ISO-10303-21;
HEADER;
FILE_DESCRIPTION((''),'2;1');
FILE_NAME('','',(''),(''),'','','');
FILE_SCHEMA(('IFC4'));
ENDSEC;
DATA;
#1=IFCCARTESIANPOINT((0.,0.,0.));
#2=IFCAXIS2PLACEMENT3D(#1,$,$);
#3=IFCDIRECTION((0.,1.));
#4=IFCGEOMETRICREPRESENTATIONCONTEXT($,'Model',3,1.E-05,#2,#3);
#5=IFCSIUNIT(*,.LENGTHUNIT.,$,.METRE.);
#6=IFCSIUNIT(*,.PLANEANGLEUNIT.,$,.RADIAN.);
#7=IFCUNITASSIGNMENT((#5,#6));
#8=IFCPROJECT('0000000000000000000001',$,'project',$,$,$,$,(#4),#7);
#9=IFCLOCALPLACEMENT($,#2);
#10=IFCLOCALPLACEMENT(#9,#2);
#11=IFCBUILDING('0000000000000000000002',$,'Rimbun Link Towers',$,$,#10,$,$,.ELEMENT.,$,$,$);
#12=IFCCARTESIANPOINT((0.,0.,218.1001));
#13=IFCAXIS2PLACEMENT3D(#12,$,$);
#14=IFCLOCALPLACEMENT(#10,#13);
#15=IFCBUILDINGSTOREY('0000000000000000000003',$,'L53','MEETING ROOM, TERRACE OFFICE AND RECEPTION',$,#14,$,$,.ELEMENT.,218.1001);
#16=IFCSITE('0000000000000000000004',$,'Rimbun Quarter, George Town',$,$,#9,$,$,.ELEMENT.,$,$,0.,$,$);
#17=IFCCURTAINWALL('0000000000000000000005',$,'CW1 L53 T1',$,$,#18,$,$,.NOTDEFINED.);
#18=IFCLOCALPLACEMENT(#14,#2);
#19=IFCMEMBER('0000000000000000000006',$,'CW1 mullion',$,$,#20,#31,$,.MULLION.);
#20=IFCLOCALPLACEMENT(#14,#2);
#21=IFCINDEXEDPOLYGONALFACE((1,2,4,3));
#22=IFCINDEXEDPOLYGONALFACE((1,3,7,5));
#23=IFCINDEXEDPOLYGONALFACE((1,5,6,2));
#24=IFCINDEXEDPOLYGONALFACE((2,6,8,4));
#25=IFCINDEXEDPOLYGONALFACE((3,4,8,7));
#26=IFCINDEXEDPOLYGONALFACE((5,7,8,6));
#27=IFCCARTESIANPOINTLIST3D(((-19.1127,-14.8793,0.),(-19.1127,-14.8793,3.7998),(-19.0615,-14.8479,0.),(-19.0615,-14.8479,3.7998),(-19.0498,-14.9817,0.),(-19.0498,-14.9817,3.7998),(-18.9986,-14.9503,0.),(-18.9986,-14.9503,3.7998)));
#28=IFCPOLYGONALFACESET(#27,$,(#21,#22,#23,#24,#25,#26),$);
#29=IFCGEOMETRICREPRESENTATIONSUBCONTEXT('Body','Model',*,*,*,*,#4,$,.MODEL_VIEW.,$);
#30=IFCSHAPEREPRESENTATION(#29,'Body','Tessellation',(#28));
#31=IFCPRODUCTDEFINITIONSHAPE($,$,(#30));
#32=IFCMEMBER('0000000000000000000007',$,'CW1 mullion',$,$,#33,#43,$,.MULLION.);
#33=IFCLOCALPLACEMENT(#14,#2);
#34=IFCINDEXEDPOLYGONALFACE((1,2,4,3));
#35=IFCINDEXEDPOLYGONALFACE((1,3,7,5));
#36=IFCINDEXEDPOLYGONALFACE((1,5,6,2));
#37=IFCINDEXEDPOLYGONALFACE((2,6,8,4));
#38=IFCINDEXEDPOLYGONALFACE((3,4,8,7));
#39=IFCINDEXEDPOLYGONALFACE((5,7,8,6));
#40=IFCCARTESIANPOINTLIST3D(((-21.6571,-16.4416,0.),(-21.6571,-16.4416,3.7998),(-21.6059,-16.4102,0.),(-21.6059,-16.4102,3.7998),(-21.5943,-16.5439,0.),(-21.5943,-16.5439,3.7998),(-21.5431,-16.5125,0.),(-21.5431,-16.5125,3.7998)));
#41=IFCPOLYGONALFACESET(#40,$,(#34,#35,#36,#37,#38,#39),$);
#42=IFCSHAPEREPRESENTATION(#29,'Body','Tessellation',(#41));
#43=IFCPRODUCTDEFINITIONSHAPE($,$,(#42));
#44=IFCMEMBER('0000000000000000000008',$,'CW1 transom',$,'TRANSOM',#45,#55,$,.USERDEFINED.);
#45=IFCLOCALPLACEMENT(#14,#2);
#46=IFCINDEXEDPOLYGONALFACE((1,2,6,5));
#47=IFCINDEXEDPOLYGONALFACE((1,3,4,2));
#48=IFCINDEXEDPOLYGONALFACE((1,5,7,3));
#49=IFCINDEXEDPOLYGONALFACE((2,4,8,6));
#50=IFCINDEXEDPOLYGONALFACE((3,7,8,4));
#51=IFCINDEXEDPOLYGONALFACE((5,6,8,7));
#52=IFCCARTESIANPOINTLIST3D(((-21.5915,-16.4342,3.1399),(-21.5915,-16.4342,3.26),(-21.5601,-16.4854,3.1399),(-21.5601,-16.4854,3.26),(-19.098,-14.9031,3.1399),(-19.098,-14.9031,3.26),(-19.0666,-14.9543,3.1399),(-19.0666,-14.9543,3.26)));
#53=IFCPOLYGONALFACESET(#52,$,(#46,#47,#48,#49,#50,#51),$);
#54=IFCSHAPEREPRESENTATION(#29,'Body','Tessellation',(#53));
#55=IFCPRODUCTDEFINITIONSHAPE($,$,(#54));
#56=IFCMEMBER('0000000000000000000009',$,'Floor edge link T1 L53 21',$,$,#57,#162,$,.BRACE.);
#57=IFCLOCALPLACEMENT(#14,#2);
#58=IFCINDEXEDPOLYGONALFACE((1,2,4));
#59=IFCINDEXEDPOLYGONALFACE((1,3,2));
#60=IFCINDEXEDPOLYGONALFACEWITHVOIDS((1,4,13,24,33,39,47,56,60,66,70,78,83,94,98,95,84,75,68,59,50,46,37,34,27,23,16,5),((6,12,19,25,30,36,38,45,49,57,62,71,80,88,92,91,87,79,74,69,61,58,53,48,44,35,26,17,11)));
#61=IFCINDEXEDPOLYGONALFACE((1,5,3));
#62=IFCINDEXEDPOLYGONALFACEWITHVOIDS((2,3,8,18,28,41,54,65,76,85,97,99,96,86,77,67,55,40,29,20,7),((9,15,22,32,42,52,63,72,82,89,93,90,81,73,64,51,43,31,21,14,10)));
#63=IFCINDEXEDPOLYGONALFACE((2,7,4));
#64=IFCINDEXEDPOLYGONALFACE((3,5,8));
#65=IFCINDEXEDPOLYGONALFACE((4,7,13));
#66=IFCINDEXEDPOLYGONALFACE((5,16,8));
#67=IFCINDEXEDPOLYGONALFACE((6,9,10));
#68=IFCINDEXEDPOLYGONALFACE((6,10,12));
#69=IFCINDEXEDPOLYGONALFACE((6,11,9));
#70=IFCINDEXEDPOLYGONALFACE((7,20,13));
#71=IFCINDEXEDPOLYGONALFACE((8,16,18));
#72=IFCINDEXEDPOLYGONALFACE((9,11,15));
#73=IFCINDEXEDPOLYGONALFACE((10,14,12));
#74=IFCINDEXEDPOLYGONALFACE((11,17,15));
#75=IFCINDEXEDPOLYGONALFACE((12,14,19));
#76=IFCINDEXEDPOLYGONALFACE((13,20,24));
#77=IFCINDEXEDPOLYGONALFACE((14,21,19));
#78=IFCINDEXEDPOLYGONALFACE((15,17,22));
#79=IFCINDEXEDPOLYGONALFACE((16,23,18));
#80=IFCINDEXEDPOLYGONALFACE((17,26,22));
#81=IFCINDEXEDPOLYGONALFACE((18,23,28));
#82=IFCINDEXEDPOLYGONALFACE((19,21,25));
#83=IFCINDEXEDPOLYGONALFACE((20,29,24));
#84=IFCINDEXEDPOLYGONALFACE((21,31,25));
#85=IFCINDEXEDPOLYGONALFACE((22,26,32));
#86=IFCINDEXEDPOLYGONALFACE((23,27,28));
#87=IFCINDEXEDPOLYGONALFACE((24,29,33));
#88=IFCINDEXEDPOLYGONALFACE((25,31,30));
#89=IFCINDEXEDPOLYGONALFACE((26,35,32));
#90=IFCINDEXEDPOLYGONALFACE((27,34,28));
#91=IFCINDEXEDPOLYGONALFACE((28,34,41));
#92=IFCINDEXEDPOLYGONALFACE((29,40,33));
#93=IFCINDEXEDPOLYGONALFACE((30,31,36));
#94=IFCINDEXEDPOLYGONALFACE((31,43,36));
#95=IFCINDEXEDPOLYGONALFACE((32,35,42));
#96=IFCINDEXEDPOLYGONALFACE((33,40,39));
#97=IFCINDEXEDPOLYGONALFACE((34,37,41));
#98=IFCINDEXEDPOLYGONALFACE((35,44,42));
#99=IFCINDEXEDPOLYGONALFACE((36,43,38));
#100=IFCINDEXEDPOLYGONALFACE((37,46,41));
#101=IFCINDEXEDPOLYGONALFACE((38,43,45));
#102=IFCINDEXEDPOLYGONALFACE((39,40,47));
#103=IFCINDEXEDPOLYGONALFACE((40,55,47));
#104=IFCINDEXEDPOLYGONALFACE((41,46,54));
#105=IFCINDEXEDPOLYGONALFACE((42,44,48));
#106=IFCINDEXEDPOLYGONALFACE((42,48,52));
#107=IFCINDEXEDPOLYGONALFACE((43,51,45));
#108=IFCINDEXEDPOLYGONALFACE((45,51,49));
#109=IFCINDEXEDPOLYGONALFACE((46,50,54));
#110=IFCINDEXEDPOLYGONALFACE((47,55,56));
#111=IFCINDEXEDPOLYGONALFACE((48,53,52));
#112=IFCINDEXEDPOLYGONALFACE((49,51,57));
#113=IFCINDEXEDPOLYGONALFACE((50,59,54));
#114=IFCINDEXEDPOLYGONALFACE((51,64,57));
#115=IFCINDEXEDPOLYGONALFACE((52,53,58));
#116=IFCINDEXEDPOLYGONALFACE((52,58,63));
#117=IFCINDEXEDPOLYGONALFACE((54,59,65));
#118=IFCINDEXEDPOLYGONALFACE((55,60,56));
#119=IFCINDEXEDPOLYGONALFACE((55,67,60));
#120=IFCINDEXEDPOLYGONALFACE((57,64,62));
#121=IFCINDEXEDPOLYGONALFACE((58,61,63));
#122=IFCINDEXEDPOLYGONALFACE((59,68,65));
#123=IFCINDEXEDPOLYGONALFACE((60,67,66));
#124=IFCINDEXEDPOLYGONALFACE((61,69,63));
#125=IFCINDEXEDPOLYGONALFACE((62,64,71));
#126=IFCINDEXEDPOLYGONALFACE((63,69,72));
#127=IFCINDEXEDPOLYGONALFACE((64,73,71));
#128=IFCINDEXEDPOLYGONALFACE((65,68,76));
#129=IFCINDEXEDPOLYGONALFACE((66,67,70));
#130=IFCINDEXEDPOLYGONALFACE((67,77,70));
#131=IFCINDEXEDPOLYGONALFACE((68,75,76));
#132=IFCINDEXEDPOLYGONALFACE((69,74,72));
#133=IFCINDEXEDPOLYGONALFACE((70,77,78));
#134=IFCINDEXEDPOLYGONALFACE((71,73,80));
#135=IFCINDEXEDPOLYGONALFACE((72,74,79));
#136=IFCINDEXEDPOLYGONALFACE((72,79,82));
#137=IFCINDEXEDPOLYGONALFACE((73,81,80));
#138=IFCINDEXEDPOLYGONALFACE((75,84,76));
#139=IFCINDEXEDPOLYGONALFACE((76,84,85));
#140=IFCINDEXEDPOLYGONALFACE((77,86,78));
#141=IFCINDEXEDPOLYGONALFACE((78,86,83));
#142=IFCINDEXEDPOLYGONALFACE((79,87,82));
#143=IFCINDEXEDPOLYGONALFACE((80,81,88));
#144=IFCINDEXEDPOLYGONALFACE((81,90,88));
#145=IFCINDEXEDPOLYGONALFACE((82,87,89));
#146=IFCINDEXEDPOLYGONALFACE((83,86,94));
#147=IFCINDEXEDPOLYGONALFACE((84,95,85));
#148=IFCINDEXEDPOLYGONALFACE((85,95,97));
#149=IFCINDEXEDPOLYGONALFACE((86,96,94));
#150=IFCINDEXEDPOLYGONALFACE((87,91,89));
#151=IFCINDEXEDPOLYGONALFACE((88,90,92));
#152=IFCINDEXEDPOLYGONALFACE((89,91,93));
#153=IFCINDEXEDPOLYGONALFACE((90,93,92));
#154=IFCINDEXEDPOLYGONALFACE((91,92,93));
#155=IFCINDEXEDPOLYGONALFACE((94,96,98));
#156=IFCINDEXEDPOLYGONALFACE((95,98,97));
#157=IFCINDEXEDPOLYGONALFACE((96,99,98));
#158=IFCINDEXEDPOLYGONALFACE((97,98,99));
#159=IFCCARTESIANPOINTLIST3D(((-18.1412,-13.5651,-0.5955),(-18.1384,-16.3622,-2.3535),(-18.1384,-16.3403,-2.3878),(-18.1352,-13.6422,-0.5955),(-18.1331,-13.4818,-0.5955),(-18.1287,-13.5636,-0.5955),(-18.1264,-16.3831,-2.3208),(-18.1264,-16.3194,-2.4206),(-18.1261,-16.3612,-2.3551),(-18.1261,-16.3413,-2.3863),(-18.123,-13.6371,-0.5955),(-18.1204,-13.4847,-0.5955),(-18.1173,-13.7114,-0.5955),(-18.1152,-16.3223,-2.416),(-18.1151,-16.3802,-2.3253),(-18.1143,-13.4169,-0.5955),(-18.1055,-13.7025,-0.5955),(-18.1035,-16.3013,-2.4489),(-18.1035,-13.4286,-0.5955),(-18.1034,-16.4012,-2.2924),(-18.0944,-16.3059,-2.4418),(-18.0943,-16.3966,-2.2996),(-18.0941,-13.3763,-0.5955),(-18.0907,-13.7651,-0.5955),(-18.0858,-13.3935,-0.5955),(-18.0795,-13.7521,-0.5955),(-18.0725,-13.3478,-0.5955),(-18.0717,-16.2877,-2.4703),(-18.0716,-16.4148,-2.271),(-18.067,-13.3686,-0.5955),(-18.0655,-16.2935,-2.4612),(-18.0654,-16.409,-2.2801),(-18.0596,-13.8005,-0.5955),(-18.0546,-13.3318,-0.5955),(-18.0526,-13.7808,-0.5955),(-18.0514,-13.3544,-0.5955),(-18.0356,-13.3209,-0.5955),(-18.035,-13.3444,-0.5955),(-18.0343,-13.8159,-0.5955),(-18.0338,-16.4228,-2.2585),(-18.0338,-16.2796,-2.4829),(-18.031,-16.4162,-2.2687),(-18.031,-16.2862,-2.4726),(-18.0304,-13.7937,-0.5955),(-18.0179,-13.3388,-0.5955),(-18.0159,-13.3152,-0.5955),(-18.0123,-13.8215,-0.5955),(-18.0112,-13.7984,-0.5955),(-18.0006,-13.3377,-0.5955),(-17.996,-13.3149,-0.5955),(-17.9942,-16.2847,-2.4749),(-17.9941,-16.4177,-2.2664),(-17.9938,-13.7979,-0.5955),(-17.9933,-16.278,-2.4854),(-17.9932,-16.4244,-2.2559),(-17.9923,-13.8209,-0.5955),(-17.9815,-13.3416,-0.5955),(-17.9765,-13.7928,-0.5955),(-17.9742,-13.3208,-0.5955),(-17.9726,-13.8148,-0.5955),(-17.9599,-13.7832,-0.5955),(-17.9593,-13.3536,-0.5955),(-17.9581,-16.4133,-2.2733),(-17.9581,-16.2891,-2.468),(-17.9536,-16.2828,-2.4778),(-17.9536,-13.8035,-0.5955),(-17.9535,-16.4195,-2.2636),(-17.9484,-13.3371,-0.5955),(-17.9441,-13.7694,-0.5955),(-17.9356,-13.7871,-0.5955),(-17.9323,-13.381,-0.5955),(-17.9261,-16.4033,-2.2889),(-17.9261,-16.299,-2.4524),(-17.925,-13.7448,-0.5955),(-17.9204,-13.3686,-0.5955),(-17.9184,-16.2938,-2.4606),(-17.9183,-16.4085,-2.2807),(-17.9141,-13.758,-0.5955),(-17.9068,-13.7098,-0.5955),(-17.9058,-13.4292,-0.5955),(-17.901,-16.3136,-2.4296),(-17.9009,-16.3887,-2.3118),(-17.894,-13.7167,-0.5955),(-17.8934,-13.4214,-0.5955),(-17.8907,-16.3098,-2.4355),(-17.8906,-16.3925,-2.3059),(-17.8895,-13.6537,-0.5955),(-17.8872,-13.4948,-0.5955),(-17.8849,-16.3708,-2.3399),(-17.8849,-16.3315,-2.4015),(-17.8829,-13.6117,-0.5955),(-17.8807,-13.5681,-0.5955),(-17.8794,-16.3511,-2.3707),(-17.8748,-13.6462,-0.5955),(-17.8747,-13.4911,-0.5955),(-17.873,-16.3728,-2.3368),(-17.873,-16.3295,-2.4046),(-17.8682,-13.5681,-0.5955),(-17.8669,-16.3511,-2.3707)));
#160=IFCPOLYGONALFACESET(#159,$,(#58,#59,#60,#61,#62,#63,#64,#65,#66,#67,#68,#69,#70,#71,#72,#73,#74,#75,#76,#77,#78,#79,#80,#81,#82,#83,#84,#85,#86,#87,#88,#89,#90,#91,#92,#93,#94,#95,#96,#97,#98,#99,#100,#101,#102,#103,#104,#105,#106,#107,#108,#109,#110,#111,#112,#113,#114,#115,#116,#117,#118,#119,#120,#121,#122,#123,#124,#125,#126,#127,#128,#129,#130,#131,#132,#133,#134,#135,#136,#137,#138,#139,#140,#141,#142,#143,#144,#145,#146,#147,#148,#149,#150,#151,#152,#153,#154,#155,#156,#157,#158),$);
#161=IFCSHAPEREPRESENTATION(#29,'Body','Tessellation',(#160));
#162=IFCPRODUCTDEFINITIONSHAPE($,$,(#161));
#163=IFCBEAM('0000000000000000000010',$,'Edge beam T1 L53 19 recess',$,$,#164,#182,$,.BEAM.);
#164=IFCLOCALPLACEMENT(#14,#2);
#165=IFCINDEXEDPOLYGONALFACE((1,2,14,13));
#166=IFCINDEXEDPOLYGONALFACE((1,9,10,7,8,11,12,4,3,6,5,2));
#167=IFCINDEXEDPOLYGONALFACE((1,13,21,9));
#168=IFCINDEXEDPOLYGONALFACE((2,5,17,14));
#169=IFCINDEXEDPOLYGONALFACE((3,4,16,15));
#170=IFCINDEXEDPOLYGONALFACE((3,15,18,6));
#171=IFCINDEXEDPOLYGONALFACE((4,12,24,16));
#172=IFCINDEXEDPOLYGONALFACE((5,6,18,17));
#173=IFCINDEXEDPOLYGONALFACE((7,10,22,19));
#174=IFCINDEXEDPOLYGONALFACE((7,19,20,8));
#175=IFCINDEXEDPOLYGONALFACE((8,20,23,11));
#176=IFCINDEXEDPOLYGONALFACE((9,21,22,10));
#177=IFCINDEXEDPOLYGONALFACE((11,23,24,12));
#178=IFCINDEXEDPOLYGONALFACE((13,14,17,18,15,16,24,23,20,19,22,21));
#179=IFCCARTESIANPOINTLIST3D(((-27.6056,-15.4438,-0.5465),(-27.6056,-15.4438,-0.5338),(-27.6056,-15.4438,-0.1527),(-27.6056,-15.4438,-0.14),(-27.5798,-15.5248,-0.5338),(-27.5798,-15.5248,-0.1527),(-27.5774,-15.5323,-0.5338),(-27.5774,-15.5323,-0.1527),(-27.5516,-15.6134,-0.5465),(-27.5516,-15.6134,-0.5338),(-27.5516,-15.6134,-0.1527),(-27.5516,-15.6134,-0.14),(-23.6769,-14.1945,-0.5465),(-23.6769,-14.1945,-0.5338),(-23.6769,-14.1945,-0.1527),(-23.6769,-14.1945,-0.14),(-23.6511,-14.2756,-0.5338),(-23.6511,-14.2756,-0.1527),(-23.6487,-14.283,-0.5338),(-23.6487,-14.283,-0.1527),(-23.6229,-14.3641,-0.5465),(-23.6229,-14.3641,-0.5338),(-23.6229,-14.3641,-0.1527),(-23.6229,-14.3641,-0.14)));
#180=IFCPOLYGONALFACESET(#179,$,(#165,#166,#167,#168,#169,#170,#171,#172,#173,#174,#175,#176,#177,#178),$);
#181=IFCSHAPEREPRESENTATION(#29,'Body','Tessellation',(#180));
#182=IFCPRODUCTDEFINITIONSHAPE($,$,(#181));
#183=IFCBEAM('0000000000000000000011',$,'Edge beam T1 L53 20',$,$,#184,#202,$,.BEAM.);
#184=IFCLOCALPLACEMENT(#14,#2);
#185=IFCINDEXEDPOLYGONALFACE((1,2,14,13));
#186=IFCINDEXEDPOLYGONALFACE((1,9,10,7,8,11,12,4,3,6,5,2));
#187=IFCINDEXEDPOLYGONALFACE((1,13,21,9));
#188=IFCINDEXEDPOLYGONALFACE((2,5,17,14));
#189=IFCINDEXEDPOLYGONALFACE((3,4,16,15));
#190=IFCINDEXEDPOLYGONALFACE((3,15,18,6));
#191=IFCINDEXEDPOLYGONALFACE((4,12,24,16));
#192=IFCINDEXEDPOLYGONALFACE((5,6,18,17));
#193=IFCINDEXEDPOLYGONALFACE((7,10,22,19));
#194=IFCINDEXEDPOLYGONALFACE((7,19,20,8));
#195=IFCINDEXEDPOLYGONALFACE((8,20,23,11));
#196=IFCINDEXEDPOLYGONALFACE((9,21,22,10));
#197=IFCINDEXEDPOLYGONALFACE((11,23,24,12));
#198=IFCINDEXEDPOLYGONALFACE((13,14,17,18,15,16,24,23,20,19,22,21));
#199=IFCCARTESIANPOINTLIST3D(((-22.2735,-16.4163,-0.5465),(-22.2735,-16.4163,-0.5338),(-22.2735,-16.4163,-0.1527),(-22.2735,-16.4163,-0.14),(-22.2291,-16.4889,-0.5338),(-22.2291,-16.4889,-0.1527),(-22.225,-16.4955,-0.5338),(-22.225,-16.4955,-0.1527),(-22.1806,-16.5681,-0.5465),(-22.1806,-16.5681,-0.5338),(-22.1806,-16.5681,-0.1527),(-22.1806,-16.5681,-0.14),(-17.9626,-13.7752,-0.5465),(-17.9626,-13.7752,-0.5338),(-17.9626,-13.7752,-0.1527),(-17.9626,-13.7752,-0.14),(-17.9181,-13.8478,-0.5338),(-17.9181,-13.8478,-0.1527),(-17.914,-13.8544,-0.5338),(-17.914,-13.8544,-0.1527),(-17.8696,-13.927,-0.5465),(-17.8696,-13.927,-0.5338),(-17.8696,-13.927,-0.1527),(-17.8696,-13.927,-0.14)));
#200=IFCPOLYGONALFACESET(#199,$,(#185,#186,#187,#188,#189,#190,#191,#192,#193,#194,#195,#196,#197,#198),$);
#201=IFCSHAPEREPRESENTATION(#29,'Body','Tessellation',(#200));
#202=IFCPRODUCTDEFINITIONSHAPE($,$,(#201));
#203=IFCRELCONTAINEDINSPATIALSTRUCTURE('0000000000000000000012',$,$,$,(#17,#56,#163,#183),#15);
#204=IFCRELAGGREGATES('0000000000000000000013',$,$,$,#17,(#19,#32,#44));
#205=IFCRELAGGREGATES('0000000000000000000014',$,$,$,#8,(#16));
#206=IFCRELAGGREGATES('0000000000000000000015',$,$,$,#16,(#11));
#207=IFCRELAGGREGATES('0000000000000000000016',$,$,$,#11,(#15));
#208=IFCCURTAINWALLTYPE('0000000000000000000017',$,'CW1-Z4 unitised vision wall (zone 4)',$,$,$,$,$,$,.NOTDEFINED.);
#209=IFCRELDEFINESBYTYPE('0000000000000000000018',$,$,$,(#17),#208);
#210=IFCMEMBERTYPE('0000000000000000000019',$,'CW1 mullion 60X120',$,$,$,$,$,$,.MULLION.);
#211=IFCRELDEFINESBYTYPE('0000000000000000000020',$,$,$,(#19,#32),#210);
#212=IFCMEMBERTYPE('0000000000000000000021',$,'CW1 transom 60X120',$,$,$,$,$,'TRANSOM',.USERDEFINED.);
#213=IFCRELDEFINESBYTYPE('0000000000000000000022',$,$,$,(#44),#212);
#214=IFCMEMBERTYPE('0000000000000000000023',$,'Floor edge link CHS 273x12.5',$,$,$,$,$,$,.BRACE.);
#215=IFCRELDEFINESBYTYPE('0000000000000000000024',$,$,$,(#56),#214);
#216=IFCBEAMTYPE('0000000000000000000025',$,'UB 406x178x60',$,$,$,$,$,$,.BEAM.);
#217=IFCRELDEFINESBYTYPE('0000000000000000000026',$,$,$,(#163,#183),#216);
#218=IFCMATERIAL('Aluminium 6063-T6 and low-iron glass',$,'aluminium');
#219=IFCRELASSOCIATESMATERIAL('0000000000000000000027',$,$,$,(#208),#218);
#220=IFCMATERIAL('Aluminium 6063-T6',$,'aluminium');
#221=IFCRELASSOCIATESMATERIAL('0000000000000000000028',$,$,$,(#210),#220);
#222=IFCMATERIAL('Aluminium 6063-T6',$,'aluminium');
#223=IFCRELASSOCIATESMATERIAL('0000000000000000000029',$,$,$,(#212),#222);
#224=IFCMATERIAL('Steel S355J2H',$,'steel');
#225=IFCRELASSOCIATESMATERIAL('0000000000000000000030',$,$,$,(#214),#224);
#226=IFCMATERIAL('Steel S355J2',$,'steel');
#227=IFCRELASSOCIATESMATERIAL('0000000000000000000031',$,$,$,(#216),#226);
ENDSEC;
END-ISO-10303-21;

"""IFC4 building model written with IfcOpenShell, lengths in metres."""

from ifc_helpers import new_model, si_unit, direction, frame, origin, origin_2d, place, context, subcontext, project, spatial, rectangle, hollow_circle, i_section, extrude, clip, halfspace, material, material_profile, profile_set, type_object, element, aggregate, save


model = new_model("IFC4")

# Units and contexts
model_context = context("Model", 3, precision=1e-05, world=origin(), true_north=direction((0.0, 1.0)))
body_context = subcontext(model_context, "Body", "Model", "MODEL_VIEW")
ifc_project = project(units=[si_unit("LENGTHUNIT", "METRE"), si_unit("PLANEANGLEUNIT", "RADIAN")], contexts=[model_context])

# Site, building, storey
site_placement = place(None, origin())
site = spatial("IfcSite", under=ifc_project, at=site_placement, Name="Rimbun Quarter, George Town", CompositionType="ELEMENT", RefElevation=0.0)
building_placement = place(site_placement, origin())
building = spatial("IfcBuilding", under=site, at=building_placement, Name="Rimbun Link Towers", CompositionType="ELEMENT")
storey_placement = place(building_placement, frame((0.0, 0.0, 218.1001)))
storey = spatial("IfcBuildingStorey", under=building, at=storey_placement, Name="L53", Description="MEETING ROOM, TERRACE OFFICE AND RECEPTION", CompositionType="ELEMENT", Elevation=218.1001)

# Curtain wall, members
ifc_material_1 = material(Name="Aluminium 6063-T6 and low-iron glass", Category="aluminium")
curtain_wall_type = type_object("IfcCurtainWallType", Name="CW1-Z4 unitised vision wall (zone 4)", PredefinedType="NOTDEFINED", material=ifc_material_1)
curtain_wall_placement = place(storey_placement, origin())
curtain_wall = element("IfcCurtainWall", 1, at=curtain_wall_placement, inside=storey, type_object=curtain_wall_type, Name="CW1 L53 T1", PredefinedType="NOTDEFINED")
ifc_material_2 = material(Name="Aluminium 6063-T6", Category="aluminium")
ifc_material_profile_1 = material_profile(ifc_material_2, rectangle(XDim=0.1201, YDim=0.0601, at=origin_2d()), Name="MULLION 60X120")
ifc_profile_set_1 = profile_set([ifc_material_profile_1], Name="Aluminium 6063-T6")
member_type_1 = type_object("IfcMemberType", Name="CW1 mullion 60X120", PredefinedType="MULLION", material=ifc_profile_set_1)
member_1_placement = place(storey_placement, frame((-19.0557, -14.9148, 0.0), z_axis=(0.0, 0.0, 1.0), x_axis=(0.523242, -0.852184, 0.0)))
member_1 = element("IfcMember", 2, at=member_1_placement, type_object=member_type_1, Name="CW1 mullion", PredefinedType="MULLION", context=body_context, shape_type="SweptSolid", body=[
    extrude(rectangle(XDim=0.1201, YDim=0.0601, at=origin_2d()), origin(), (0.0, 0.0, 1.0), 3.7998),
])
member_2_placement = place(storey_placement, frame((-21.6001, -16.4771, 0.0), z_axis=(0.0, 0.0, 1.0), x_axis=(0.523242, -0.852184, 0.0)))
member_2 = element("IfcMember", 3, at=member_2_placement, type_object=member_type_1, Name="CW1 mullion", PredefinedType="MULLION", context=body_context, shape_type="SweptSolid", body=[
    extrude(rectangle(XDim=0.1201, YDim=0.0601, at=origin_2d()), origin(), (0.0, 0.0, 1.0), 3.7998),
])
ifc_material_3 = material(Name="Aluminium 6063-T6", Category="aluminium")
ifc_material_profile_2 = material_profile(ifc_material_3, rectangle(XDim=0.0601, YDim=0.1201, at=origin_2d()), Name="TRANSOM 60X120")
ifc_profile_set_2 = profile_set([ifc_material_profile_2], Name="Aluminium 6063-T6")
member_type_2 = type_object("IfcMemberType", Name="CW1 transom 60X120", ElementType="TRANSOM", PredefinedType="USERDEFINED", material=ifc_profile_set_2)
member_3_placement = place(storey_placement, frame((-19.0823, -14.9287, 3.2), z_axis=(-0.852176, -0.523255, 0.0), x_axis=(0.523255, -0.852176, 0.0)))
member_3 = element("IfcMember", 4, at=member_3_placement, type_object=member_type_2, Name="CW1 transom", ObjectType="TRANSOM", PredefinedType="USERDEFINED", context=body_context, shape_type="SweptSolid", body=[
    extrude(rectangle(XDim=0.0601, YDim=0.1201, at=origin_2d()), origin(), (0.0, 0.0, 1.0), 2.926),
])

# Member
ifc_material_4 = material(Name="Steel S355J2H", Category="steel")
ifc_material_profile_3 = material_profile(ifc_material_4, hollow_circle(Radius=0.1365, WallThickness=0.0125, at=origin_2d()), Name="CHS 273x12.5")
ifc_profile_set_3 = profile_set([ifc_material_profile_3], Name="Steel S355J2H")
member_type_3 = type_object("IfcMemberType", Name="Floor edge link CHS 273x12.5", PredefinedType="BRACE", material=ifc_profile_set_3)
member_4_placement = place(storey_placement, frame((-18.0046, -13.7454, -0.7085), z_axis=(0.000395, -0.843085, -0.53778), x_axis=(1.0, 0.000468, 0.0)))
element("IfcMember", 5, at=member_4_placement, inside=storey, type_object=member_type_3, Name="Floor edge link T1 L53 21", PredefinedType="BRACE", context=body_context, shape_type="Clipping", body=[
    clip(extrude(hollow_circle(Radius=0.1365, WallThickness=0.0125, at=origin_2d()), frame((0.0, 0.0, -0.4465)), (0.0, 0.0, 1.0), 3.5374), halfspace(frame((0.0, 0.0, -0.2102), z_axis=(0.0, 0.843085, -0.53778)), False)),
])

# Beams
ifc_material_5 = material(Name="Steel S355J2", Category="steel")
ifc_material_profile_4 = material_profile(ifc_material_5, i_section(OverallWidth=0.178, OverallDepth=0.4065, WebThickness=0.0078, FlangeThickness=0.0127, at=origin_2d()), Name="UB 406x178x60")
ifc_profile_set_4 = profile_set([ifc_material_profile_4], Name="Steel S355J2")
beam_type_1 = type_object("IfcBeamType", Name="UB 406x178x60", PredefinedType="BEAM", material=ifc_profile_set_4)
beam_1_placement = place(storey_placement, frame((-27.5786, -15.5286, -0.3433), z_axis=(0.95298, 0.303033, 0.0), x_axis=(-0.303033, 0.95298, 0.0)))
element("IfcBeam", 6, at=beam_1_placement, inside=storey, type_object=beam_type_1, Name="Edge beam T1 L53 19 recess", PredefinedType="BEAM", context=body_context, shape_type="SweptSolid", body=[
    extrude(i_section(OverallWidth=0.178, OverallDepth=0.4065, WebThickness=0.0078, FlangeThickness=0.0127, at=origin_2d()), origin(), (0.0, 0.0, 1.0), 4.1226),
])
beam_2_placement = place(storey_placement, frame((-22.2271, -16.4922, -0.3433), z_axis=(0.852701, 0.522399, 0.0), x_axis=(-0.522399, 0.852701, 0.0)))
element("IfcBeam", 7, at=beam_2_placement, inside=storey, type_object=beam_type_1, Name="Edge beam T1 L53 20", PredefinedType="BEAM", context=body_context, shape_type="SweptSolid", body=[
    extrude(i_section(OverallWidth=0.178, OverallDepth=0.4065, WebThickness=0.0078, FlangeThickness=0.0127, at=origin_2d()), origin(), (0.0, 0.0, 1.0), 5.0557),
])

aggregate(curtain_wall, [member_1, member_2, member_3])

save(model, "model.ifc")
